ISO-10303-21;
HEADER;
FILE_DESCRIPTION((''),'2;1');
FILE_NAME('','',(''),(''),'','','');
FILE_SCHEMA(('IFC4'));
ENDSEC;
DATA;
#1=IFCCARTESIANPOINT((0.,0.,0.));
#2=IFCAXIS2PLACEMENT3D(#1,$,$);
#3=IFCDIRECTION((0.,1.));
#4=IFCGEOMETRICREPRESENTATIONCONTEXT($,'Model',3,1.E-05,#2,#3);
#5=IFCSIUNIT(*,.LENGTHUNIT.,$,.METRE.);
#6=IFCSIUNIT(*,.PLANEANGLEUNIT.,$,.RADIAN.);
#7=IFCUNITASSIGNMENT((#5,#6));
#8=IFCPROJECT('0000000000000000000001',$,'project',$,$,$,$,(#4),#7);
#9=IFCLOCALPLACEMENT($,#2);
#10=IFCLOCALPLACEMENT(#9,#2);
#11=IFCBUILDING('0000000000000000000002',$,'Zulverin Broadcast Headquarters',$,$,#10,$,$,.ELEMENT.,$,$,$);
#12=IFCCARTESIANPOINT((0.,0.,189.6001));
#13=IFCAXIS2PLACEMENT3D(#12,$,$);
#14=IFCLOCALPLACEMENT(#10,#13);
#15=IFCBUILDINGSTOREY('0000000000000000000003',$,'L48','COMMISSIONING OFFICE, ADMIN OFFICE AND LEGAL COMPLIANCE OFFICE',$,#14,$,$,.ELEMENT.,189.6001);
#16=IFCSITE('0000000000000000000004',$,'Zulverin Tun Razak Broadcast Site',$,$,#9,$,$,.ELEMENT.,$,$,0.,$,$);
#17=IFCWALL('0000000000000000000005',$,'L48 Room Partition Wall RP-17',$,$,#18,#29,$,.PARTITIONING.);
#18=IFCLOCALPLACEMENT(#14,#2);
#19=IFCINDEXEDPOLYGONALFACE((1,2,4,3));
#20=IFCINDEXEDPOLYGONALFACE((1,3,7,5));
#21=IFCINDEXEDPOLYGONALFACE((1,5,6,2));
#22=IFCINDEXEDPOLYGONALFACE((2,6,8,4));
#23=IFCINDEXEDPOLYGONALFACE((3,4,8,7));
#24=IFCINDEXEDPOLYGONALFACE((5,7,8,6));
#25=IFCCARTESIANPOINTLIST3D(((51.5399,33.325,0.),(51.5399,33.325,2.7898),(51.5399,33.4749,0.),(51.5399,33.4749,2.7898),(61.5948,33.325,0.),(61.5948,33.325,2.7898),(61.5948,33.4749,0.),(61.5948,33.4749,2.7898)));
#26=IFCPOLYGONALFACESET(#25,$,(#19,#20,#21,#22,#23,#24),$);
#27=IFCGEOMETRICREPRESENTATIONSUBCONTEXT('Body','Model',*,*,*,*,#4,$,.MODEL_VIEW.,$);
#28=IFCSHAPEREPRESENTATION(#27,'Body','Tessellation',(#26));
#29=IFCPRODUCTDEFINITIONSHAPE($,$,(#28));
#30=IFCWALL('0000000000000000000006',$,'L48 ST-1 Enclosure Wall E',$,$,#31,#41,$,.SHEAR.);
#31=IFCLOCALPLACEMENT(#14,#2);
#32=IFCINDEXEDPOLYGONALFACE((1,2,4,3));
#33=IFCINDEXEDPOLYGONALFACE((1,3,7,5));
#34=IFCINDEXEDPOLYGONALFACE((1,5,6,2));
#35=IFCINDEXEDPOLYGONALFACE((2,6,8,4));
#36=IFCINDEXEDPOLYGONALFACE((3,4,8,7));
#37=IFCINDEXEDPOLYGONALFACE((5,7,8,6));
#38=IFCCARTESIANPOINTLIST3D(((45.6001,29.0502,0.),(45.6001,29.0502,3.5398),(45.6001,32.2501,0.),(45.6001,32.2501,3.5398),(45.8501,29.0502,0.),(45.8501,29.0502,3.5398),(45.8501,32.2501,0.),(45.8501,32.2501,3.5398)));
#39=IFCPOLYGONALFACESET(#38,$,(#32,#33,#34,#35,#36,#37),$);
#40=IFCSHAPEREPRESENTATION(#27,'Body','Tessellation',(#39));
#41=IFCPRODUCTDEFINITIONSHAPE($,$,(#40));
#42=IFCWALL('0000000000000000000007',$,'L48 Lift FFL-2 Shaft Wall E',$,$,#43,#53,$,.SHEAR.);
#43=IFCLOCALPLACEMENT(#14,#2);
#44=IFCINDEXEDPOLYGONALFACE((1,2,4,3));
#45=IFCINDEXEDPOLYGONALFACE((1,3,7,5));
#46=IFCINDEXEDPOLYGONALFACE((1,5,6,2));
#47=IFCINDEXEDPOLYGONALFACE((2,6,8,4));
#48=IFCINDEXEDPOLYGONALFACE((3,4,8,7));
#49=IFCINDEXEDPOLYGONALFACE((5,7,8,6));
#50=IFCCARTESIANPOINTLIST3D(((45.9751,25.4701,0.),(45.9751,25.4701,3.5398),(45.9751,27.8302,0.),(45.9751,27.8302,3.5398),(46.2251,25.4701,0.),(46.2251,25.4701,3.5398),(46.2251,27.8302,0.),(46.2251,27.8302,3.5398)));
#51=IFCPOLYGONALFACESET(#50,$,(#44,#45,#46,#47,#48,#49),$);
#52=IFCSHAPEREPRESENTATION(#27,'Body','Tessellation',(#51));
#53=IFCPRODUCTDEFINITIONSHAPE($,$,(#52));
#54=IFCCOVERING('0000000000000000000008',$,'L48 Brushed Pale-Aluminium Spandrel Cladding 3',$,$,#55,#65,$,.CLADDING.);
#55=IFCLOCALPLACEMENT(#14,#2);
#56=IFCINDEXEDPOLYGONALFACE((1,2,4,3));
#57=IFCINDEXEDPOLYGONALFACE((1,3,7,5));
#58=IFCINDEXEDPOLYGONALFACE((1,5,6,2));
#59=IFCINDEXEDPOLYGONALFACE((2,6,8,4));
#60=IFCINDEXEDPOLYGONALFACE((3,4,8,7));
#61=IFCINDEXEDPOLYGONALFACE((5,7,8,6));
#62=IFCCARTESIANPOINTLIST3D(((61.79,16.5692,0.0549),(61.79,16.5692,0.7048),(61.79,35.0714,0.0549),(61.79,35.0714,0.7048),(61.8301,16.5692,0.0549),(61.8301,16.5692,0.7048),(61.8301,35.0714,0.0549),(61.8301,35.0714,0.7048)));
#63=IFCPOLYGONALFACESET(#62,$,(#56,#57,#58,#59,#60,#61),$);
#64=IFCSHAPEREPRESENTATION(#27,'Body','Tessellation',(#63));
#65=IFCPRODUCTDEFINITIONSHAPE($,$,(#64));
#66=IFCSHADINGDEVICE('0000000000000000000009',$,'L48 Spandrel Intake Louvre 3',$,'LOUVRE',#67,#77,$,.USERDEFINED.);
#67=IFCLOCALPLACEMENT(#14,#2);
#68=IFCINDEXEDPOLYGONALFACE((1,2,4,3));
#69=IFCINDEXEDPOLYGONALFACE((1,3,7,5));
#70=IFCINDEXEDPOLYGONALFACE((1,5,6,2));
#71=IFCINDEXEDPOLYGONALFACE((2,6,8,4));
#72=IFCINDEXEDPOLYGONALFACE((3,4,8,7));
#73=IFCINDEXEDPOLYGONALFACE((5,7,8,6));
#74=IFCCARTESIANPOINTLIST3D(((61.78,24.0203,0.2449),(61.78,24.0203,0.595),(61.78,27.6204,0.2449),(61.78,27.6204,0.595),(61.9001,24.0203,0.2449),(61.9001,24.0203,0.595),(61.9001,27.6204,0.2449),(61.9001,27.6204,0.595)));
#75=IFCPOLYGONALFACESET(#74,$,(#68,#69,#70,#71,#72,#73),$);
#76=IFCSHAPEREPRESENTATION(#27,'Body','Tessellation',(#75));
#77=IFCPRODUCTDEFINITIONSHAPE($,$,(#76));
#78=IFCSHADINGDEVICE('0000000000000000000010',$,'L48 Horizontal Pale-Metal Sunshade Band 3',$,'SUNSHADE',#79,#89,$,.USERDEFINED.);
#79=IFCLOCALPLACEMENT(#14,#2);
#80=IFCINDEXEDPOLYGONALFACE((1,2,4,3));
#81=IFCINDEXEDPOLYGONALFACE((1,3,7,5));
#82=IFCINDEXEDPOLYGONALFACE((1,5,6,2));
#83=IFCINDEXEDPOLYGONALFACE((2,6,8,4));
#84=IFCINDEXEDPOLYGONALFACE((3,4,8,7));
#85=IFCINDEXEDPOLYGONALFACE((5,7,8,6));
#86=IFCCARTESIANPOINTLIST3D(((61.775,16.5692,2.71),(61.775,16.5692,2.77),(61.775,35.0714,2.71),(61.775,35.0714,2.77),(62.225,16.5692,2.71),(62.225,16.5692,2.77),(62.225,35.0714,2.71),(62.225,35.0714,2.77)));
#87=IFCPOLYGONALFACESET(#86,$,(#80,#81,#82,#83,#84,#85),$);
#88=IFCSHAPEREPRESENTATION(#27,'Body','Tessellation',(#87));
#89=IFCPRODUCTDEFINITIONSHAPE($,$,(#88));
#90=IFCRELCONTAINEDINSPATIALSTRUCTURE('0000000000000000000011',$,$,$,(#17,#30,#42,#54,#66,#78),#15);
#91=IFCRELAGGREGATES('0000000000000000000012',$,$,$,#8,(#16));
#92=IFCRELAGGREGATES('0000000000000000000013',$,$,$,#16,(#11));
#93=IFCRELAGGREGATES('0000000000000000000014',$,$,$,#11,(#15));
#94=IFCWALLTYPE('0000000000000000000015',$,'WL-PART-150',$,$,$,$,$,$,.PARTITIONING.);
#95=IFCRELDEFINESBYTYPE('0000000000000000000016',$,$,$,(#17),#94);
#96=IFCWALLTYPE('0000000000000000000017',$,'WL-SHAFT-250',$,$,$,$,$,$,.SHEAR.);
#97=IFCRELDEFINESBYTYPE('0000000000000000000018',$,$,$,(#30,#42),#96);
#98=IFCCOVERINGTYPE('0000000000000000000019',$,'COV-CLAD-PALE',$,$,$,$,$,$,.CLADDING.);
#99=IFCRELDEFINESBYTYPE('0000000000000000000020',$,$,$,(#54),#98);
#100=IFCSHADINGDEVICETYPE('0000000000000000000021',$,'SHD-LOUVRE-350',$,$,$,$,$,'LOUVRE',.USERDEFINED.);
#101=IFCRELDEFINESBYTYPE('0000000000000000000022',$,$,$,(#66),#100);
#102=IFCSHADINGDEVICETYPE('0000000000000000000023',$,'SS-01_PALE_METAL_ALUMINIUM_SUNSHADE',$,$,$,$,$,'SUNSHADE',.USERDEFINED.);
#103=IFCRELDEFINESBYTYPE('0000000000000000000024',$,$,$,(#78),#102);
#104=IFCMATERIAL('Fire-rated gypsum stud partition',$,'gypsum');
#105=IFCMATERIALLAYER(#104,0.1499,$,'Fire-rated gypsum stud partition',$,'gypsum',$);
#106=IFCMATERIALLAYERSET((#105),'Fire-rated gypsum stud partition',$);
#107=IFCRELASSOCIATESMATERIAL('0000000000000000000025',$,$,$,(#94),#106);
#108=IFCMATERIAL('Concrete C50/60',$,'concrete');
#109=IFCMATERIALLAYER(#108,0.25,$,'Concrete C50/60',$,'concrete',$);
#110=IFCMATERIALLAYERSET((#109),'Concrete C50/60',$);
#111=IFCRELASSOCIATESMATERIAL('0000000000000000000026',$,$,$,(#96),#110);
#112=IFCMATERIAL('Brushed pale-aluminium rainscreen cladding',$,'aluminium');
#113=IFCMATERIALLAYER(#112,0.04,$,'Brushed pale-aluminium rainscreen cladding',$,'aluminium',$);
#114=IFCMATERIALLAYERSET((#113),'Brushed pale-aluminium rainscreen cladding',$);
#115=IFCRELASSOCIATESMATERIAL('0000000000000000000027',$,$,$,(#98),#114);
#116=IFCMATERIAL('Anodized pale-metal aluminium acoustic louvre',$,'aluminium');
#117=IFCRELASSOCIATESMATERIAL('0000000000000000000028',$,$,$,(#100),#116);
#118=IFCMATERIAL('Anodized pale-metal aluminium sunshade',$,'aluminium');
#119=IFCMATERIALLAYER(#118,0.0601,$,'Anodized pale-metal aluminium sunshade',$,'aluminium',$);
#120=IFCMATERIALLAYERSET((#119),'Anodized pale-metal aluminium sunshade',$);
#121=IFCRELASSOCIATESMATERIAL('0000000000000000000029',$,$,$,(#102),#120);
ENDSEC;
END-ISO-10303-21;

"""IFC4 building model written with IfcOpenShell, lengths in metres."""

from ifc_helpers import new_model, si_unit, direction, frame, frame_2d, origin, origin_2d, place, context, subcontext, project, spatial, rectangle, extrude, material, layer, layer_set, type_object, element, save


model = new_model("IFC4")

# Units and contexts
model_context = context("Model", 3, precision=1e-05, world=origin(), true_north=direction((0.0, 1.0)))
body_context = subcontext(model_context, "Body", "Model", "MODEL_VIEW")
ifc_project = project(units=[si_unit("LENGTHUNIT", "METRE"), si_unit("PLANEANGLEUNIT", "RADIAN")], contexts=[model_context])

# Site, building, storey
site_placement = place(None, origin())
site = spatial("IfcSite", under=ifc_project, at=site_placement, Name="Zulverin Tun Razak Broadcast Site", CompositionType="ELEMENT", RefElevation=0.0)
building_placement = place(site_placement, origin())
building = spatial("IfcBuilding", under=site, at=building_placement, Name="Zulverin Broadcast Headquarters", CompositionType="ELEMENT")
storey_placement = place(building_placement, frame((0.0, 0.0, 189.6001)))
storey = spatial("IfcBuildingStorey", under=building, at=storey_placement, Name="L48", Description="COMMISSIONING OFFICE, ADMIN OFFICE AND LEGAL COMPLIANCE OFFICE", CompositionType="ELEMENT", Elevation=189.6001)

# Shared definitions
ifc_material_1 = material(Name="Concrete C50/60", Category="concrete")

# Shared definitions
ifc_material_2 = material(Name="Fire-rated gypsum stud partition", Category="gypsum")
ifc_layer_1 = layer(ifc_material_2, 0.1499, Name="Fire-rated gypsum stud partition", Category="gypsum")
ifc_layer_set_1 = layer_set([ifc_layer_1], Name="Fire-rated gypsum stud partition")
wall_type_1 = type_object("IfcWallType", Name="WL-PART-150", PredefinedType="PARTITIONING", material=ifc_layer_set_1)

# Walls
wall_1_placement = place(storey_placement, frame((51.54, 33.3999, 0.0), z_axis=(0.0, 0.0, 1.0), x_axis=(1.0, 0.0, 0.0)))
element("IfcWall", 1, at=wall_1_placement, inside=storey, type_object=wall_type_1, Name="L48 Room Partition Wall RP-17", PredefinedType="PARTITIONING", context=body_context, shape_type="SweptSolid", body=[
    extrude(rectangle(XDim=10.0549, YDim=0.1499, at=frame_2d((5.0273, 0.0))), origin(), (0.0, 0.0, 1.0), 2.7898),
])
ifc_layer_2 = layer(ifc_material_1, 0.25, Name="Concrete C50/60", Category="concrete")
ifc_layer_set_2 = layer_set([ifc_layer_2], Name="Concrete C50/60")
wall_type_2 = type_object("IfcWallType", Name="WL-SHAFT-250", PredefinedType="SHEAR", material=ifc_layer_set_2)
wall_2_placement = place(storey_placement, frame((45.7251, 29.05, 0.0), z_axis=(0.0, 0.0, 1.0), x_axis=(0.0, 1.0, 0.0)))
element("IfcWall", 2, at=wall_2_placement, inside=storey, type_object=wall_type_2, Name="L48 ST-1 Enclosure Wall E", PredefinedType="SHEAR", context=body_context, shape_type="SweptSolid", body=[
    extrude(rectangle(XDim=3.2, YDim=0.25, at=frame_2d((1.6001, 0.0))), origin(), (0.0, 0.0, 1.0), 3.5398),
])
wall_3_placement = place(storey_placement, frame((46.1001, 25.47, 0.0), z_axis=(0.0, 0.0, 1.0), x_axis=(0.0, 1.0, 0.0)))
element("IfcWall", 3, at=wall_3_placement, inside=storey, type_object=wall_type_2, Name="L48 Lift FFL-2 Shaft Wall E", PredefinedType="SHEAR", context=body_context, shape_type="SweptSolid", body=[
    extrude(rectangle(XDim=2.3601, YDim=0.25, at=frame_2d((1.1802, 0.0))), origin(), (0.0, 0.0, 1.0), 3.5398),
])

# Covering
ifc_material_3 = material(Name="Brushed pale-aluminium rainscreen cladding", Category="aluminium")
ifc_layer_3 = layer(ifc_material_3, 0.04, Name="Brushed pale-aluminium rainscreen cladding", Category="aluminium")
ifc_layer_set_3 = layer_set([ifc_layer_3], Name="Brushed pale-aluminium rainscreen cladding")
covering_type = type_object("IfcCoveringType", Name="COV-CLAD-PALE", PredefinedType="CLADDING", material=ifc_layer_set_3)
covering_placement = place(storey_placement, frame((61.8101, 25.8203, 0.0549), z_axis=(0.0, 0.0, 1.0), x_axis=(0.0, 1.0, 0.0)))
element("IfcCovering", 4, at=covering_placement, inside=storey, type_object=covering_type, Name="L48 Brushed Pale-Aluminium Spandrel Cladding 3", PredefinedType="CLADDING", context=body_context, shape_type="SweptSolid", body=[
    extrude(rectangle(XDim=18.5022, YDim=0.04, at=origin_2d()), origin(), (0.0, 0.0, 1.0), 0.6499),
])

# Shading devices
ifc_material_4 = material(Name="Anodized pale-metal aluminium acoustic louvre", Category="aluminium")
shading_device_type_1 = type_object("IfcShadingDeviceType", Name="SHD-LOUVRE-350", ElementType="LOUVRE", PredefinedType="USERDEFINED", material=ifc_material_4)
shading_device_1_placement = place(storey_placement, frame((61.8401, 25.8203, 0.2449), z_axis=(0.0, 0.0, 1.0), x_axis=(0.0, 1.0, 0.0)))
element("IfcShadingDevice", 5, at=shading_device_1_placement, inside=storey, type_object=shading_device_type_1, Name="L48 Spandrel Intake Louvre 3", ObjectType="LOUVRE", PredefinedType="USERDEFINED", context=body_context, shape_type="SweptSolid", body=[
    extrude(rectangle(XDim=3.6001, YDim=0.1201, at=origin_2d()), origin(), (0.0, 0.0, 1.0), 0.3501),
])
ifc_material_5 = material(Name="Anodized pale-metal aluminium sunshade", Category="aluminium")
ifc_layer_4 = layer(ifc_material_5, 0.0601, Name="Anodized pale-metal aluminium sunshade", Category="aluminium")
ifc_layer_set_4 = layer_set([ifc_layer_4], Name="Anodized pale-metal aluminium sunshade")
shading_device_type_2 = type_object("IfcShadingDeviceType", Name="SS-01_PALE_METAL_ALUMINIUM_SUNSHADE", ElementType="SUNSHADE", PredefinedType="USERDEFINED", material=ifc_layer_set_4)
shading_device_2_placement = place(storey_placement, frame((62.0, 25.8203, 2.71), z_axis=(0.0, 0.0, 1.0), x_axis=(0.0, 1.0, 0.0)))
element("IfcShadingDevice", 6, at=shading_device_2_placement, inside=storey, type_object=shading_device_type_2, Name="L48 Horizontal Pale-Metal Sunshade Band 3", ObjectType="SUNSHADE", PredefinedType="USERDEFINED", context=body_context, shape_type="SweptSolid", body=[
    extrude(rectangle(XDim=18.5022, YDim=0.45, at=origin_2d()), origin(), (0.0, 0.0, 1.0), 0.0601),
])

save(model, "model.ifc")
